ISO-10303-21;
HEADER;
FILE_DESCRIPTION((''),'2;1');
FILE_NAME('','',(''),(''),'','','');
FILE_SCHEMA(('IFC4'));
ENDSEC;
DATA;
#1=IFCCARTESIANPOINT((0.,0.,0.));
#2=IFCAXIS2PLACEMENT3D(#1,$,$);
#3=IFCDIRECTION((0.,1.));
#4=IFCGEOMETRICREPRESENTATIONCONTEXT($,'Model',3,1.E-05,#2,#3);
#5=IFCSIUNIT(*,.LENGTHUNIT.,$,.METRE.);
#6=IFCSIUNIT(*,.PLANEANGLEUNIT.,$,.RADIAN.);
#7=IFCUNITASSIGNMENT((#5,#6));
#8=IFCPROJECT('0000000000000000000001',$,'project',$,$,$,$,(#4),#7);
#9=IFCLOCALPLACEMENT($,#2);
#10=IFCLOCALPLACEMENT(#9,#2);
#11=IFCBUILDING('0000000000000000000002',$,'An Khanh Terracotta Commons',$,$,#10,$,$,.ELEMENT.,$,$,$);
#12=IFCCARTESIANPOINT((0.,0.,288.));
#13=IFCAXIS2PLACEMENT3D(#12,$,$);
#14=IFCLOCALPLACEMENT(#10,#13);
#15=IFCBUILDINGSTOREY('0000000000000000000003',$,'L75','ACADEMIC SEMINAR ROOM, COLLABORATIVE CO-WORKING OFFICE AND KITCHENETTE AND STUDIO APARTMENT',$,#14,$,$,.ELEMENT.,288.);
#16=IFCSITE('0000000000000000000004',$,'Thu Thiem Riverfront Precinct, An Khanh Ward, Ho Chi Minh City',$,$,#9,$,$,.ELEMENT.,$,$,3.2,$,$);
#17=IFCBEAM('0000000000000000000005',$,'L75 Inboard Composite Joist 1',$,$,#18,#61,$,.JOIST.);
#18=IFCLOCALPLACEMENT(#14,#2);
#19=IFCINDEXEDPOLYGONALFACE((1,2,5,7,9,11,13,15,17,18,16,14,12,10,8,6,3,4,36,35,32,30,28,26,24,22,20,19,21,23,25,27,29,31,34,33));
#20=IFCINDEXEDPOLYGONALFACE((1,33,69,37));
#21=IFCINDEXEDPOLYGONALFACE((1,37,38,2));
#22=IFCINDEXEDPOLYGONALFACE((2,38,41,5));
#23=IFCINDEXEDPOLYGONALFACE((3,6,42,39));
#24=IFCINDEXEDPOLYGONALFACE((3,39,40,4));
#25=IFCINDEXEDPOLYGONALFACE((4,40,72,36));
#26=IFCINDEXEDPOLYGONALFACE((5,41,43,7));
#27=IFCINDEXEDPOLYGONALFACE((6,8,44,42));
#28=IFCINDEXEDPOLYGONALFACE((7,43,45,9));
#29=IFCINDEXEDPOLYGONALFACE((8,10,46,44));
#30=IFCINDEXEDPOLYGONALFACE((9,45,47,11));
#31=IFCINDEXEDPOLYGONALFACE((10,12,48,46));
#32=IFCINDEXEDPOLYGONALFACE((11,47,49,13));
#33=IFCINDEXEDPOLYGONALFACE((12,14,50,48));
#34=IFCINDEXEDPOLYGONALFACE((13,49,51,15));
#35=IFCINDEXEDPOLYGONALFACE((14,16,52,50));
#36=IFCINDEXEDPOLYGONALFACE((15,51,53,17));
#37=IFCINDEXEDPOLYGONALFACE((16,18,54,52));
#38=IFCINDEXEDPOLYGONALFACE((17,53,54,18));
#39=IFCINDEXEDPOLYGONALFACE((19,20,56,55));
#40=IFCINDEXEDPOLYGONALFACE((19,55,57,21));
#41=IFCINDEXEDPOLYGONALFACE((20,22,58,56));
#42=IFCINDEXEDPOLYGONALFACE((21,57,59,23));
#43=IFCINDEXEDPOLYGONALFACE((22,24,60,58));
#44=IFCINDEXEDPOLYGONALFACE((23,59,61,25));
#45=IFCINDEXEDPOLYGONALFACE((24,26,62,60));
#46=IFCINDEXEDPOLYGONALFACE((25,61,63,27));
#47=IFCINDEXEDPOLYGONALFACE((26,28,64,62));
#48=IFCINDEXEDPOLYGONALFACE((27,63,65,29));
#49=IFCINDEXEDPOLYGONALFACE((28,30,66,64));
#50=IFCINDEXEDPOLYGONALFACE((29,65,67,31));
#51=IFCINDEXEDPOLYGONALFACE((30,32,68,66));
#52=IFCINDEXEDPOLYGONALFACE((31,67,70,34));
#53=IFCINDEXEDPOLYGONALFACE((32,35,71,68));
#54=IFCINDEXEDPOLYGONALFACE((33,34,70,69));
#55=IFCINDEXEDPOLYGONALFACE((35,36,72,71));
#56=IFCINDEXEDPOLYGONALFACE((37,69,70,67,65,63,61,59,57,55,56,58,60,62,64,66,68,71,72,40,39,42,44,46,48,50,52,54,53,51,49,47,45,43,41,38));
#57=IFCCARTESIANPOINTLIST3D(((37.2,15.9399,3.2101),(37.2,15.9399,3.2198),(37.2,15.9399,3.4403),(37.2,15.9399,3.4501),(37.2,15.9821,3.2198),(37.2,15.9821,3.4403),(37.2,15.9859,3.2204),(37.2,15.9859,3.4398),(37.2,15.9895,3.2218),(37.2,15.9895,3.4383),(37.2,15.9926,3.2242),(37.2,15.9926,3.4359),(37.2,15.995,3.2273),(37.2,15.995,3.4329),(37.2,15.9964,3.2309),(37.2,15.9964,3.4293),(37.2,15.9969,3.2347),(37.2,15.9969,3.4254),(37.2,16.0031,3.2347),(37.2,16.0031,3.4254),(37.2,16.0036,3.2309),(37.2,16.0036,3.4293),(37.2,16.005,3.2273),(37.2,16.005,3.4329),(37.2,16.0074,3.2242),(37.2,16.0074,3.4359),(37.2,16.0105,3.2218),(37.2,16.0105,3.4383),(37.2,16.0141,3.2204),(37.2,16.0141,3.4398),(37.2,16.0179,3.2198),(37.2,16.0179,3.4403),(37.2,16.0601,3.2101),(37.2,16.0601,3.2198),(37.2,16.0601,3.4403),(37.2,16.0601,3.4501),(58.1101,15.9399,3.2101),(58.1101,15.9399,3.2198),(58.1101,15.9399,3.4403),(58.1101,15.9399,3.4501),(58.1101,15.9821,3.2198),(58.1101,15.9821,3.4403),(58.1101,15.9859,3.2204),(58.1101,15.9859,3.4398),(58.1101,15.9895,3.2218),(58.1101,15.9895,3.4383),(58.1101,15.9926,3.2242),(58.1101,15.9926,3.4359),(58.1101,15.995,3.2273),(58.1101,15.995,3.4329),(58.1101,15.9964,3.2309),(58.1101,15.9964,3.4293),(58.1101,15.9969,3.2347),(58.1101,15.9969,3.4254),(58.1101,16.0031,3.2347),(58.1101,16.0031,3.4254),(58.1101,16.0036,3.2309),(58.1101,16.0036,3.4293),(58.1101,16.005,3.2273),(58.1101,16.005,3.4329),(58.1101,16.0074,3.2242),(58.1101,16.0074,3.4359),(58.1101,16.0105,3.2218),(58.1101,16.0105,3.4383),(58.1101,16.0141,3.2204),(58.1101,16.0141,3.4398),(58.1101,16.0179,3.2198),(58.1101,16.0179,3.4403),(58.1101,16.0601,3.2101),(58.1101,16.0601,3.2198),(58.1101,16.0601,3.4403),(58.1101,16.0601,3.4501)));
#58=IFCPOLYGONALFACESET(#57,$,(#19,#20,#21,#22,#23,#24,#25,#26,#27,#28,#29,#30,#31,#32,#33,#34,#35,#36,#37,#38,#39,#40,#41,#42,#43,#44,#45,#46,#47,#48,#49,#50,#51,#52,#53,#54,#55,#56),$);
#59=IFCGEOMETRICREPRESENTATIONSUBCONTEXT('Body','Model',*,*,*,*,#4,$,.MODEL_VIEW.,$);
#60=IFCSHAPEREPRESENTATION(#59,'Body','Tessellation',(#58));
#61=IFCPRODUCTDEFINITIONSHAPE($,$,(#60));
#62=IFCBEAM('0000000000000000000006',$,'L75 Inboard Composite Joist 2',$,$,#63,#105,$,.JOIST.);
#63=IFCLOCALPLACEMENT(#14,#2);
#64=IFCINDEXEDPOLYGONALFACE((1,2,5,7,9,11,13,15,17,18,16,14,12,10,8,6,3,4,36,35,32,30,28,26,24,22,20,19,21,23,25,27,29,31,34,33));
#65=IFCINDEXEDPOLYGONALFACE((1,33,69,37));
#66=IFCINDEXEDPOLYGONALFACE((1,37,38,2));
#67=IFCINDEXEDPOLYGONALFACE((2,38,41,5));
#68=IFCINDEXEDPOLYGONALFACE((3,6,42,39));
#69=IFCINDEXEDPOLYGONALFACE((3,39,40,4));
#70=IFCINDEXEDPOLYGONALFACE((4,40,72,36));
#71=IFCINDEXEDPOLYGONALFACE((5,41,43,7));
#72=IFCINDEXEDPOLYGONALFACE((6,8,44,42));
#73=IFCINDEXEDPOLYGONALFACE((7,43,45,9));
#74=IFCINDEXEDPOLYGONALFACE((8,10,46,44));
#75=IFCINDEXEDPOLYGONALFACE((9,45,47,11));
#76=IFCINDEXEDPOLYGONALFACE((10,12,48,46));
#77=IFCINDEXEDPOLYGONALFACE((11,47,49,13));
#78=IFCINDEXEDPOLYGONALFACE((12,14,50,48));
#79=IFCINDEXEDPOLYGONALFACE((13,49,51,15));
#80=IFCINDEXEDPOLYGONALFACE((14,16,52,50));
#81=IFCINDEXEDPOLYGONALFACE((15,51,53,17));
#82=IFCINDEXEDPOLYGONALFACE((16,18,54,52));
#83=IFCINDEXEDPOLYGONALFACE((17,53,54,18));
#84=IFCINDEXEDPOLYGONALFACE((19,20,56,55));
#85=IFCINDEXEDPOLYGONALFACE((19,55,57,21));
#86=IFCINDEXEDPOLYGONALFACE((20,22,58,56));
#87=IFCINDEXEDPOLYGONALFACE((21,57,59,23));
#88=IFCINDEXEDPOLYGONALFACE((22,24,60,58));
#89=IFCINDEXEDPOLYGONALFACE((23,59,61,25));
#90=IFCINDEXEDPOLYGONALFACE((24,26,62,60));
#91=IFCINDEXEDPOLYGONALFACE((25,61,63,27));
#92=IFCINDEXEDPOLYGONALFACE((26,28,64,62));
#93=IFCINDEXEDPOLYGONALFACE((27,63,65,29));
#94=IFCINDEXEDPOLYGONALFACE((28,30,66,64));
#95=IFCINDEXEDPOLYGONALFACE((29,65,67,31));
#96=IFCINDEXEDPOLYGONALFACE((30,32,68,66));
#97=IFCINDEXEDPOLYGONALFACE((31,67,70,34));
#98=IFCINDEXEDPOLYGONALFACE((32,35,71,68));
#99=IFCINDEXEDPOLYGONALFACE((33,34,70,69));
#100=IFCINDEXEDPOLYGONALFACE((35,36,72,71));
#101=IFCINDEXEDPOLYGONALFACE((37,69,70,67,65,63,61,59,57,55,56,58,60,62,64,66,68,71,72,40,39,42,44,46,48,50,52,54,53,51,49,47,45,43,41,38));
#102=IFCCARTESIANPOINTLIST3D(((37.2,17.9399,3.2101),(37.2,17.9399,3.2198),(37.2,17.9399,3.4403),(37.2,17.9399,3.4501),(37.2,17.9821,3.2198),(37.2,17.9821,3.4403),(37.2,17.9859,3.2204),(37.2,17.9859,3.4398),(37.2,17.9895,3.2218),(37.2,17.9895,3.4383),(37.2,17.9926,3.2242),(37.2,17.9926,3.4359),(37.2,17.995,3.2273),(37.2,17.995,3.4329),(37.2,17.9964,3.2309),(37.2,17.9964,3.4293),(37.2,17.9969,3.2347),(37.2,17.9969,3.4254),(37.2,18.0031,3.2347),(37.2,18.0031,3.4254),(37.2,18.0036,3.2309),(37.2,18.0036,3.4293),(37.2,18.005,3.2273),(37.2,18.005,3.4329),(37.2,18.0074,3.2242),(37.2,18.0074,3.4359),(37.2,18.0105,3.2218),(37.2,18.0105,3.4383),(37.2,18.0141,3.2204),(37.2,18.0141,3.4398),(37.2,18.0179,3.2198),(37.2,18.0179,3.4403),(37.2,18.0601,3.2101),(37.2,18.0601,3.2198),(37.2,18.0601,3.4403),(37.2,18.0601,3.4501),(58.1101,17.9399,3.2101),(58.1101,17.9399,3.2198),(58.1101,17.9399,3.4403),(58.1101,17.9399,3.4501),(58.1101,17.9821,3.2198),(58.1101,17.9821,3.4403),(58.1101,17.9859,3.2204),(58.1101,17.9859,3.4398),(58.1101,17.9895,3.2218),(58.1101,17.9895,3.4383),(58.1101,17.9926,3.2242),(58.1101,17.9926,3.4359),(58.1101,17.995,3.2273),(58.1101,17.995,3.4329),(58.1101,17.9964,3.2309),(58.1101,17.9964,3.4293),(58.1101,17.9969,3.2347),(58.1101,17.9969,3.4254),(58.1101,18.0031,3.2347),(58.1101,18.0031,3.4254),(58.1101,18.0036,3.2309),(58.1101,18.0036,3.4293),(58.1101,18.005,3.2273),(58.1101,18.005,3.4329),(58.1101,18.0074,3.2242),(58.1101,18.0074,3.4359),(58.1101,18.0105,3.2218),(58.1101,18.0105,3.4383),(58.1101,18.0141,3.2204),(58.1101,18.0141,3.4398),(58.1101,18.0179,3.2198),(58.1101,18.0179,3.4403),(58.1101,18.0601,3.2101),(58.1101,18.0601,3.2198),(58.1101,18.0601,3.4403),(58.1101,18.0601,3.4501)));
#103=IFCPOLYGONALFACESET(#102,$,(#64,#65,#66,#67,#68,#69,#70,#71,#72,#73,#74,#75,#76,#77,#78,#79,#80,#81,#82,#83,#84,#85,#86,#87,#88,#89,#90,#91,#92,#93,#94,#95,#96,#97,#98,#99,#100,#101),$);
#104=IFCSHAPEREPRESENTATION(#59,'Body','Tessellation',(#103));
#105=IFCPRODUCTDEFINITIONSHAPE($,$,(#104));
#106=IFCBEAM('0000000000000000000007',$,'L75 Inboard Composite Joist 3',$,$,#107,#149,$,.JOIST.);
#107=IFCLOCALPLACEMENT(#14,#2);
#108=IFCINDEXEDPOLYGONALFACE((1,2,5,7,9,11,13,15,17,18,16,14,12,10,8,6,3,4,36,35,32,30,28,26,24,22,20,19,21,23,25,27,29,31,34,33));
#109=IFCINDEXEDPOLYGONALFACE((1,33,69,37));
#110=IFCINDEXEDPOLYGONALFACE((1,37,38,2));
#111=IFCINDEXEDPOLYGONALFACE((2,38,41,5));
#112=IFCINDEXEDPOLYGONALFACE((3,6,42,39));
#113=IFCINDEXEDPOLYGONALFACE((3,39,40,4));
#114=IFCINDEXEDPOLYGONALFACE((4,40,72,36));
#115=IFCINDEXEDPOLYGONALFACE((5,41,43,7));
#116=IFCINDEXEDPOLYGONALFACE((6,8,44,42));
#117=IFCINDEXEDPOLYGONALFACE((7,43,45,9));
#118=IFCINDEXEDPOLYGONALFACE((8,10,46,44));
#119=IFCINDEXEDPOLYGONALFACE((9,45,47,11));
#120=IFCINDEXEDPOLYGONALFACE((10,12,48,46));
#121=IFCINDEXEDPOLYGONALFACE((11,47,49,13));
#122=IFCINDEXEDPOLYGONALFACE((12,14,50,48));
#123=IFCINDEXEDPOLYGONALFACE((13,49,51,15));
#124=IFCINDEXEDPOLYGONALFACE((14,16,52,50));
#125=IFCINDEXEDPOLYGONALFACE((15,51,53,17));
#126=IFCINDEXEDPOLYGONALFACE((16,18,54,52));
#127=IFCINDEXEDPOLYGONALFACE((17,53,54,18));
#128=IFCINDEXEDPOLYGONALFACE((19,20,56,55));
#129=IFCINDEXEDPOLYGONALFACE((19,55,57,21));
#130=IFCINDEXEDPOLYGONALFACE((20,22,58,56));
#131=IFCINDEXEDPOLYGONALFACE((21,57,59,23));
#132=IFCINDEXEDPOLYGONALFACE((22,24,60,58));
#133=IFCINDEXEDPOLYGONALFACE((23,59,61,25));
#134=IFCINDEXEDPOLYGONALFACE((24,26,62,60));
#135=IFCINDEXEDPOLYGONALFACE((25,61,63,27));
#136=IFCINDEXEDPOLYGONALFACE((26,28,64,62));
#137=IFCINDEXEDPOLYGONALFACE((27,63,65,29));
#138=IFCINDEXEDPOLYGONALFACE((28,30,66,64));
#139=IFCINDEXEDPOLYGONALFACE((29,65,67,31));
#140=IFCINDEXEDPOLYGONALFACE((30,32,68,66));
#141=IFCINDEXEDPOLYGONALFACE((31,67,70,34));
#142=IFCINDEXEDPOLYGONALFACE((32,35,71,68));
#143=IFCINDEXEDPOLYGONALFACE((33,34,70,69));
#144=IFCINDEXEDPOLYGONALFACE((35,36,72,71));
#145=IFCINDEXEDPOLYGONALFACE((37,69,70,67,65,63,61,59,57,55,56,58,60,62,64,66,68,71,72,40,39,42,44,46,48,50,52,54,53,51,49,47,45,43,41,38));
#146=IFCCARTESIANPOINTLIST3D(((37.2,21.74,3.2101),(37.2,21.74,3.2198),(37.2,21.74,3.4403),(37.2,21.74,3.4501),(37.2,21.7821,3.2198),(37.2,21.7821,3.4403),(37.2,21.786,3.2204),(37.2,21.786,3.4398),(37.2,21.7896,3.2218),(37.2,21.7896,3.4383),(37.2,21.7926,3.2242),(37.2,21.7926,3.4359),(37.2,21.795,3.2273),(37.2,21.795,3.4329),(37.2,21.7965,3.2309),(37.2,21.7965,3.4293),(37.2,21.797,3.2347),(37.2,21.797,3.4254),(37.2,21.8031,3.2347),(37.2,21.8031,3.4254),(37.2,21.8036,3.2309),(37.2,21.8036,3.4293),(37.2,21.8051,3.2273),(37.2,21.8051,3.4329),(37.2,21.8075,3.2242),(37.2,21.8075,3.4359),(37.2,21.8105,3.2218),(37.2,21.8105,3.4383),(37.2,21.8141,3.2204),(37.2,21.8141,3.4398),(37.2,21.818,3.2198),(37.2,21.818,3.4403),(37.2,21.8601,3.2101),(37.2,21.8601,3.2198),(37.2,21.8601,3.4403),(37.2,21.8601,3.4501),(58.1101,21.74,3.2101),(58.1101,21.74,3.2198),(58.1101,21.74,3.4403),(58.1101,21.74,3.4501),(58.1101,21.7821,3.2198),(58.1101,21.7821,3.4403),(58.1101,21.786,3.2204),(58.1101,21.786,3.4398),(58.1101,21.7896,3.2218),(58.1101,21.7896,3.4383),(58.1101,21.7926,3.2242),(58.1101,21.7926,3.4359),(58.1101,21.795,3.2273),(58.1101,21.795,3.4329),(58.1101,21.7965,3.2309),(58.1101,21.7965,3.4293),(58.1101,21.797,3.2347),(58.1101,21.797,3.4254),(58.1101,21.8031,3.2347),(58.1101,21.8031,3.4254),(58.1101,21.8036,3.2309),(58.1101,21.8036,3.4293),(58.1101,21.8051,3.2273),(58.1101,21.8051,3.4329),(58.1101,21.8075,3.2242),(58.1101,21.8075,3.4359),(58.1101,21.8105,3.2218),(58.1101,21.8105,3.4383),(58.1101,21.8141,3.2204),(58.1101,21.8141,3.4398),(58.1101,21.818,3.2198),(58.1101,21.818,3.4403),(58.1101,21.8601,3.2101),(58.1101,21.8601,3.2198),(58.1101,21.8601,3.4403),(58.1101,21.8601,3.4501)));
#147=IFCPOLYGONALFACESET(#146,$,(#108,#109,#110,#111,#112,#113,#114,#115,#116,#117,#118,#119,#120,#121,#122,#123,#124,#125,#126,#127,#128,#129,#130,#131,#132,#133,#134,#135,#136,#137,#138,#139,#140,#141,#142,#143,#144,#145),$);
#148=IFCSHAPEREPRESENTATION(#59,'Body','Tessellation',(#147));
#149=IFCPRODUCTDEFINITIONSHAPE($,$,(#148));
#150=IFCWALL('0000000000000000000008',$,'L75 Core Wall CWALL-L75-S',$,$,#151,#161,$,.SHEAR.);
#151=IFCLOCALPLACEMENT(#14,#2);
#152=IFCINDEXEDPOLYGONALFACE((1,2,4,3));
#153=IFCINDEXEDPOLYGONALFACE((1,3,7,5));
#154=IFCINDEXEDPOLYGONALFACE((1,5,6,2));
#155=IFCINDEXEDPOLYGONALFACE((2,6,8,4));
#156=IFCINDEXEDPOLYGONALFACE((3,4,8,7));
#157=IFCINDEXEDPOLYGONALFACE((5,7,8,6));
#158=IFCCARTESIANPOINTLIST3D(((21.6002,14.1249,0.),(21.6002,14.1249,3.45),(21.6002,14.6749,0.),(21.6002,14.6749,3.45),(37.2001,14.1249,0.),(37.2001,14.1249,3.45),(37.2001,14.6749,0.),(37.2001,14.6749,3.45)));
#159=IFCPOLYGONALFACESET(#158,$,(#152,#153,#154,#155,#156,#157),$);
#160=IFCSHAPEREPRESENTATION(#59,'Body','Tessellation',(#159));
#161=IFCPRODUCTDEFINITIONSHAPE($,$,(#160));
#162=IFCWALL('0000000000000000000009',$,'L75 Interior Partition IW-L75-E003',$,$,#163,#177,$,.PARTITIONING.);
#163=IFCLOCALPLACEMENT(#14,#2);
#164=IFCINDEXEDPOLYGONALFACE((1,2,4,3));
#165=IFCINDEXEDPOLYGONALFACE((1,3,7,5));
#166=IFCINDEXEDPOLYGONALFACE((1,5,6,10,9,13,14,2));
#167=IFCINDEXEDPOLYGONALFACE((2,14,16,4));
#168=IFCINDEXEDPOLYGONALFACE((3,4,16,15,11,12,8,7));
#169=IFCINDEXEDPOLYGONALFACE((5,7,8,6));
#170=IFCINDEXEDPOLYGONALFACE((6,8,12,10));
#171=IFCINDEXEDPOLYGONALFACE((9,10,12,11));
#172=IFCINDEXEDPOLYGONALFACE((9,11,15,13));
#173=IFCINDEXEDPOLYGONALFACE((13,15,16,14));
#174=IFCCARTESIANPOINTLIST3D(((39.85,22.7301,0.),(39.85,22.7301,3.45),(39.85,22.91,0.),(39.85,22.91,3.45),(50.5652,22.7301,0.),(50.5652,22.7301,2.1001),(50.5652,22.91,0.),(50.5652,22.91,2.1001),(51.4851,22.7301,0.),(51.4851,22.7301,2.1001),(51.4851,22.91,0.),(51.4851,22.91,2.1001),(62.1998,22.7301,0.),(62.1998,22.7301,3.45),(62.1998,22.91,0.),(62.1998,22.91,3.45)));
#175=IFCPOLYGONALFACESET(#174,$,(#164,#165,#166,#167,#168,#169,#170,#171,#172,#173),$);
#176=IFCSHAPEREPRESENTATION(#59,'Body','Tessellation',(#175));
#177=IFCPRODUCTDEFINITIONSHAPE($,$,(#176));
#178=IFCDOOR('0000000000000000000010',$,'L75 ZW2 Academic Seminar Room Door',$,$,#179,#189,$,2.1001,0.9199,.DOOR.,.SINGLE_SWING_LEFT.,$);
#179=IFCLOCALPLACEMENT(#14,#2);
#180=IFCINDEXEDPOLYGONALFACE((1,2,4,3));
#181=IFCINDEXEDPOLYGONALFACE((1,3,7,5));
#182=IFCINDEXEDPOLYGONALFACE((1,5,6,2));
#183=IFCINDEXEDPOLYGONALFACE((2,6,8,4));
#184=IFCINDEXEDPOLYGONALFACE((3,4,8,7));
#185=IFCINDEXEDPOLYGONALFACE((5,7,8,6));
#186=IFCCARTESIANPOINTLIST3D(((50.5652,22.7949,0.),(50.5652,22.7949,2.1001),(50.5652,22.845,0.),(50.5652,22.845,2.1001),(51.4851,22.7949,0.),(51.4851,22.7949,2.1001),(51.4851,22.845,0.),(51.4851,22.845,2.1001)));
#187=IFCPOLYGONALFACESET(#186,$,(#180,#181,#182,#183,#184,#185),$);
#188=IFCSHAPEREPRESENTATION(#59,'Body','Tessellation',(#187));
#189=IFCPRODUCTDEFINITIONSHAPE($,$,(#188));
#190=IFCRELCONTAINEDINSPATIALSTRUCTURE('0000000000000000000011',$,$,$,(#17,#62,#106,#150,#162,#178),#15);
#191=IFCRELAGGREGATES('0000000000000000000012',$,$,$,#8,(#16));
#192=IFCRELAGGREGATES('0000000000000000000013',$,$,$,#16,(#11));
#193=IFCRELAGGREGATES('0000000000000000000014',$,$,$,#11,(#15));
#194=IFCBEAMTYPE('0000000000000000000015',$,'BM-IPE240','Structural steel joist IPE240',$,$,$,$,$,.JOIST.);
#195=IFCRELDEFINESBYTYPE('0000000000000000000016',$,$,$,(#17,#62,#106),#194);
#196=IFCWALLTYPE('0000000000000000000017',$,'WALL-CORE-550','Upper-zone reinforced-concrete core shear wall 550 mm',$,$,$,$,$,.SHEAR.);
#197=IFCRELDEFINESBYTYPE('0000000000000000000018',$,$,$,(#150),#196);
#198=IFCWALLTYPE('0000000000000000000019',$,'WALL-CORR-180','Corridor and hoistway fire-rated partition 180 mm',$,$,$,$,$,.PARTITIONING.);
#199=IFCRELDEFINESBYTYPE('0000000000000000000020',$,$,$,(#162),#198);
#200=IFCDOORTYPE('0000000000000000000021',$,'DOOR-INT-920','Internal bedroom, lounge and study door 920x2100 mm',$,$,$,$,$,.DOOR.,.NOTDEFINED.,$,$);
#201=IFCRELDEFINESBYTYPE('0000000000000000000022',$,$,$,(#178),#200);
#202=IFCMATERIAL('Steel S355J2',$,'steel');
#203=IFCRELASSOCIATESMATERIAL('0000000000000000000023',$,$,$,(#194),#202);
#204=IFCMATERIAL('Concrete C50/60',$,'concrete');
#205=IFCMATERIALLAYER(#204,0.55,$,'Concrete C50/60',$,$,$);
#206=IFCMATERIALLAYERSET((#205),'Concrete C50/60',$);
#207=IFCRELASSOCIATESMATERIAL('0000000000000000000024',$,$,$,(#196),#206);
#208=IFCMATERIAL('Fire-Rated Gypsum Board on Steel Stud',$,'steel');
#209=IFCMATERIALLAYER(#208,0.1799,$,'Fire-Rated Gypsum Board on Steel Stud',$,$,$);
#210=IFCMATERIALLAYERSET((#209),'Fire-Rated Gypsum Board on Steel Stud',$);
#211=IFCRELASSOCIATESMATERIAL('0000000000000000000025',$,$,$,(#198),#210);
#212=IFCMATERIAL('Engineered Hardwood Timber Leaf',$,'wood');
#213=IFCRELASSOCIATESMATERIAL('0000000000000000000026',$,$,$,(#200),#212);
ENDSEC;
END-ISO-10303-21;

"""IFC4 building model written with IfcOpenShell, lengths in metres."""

from ifc_helpers import new_model, si_unit, direction, frame, frame_2d, origin, origin_2d, place, context, subcontext, project, spatial, rectangle, i_section, extrude, material, layer, layer_set, material_profile, profile_set, type_object, element, fill, save


model = new_model("IFC4")

# Units and contexts
model_context = context("Model", 3, precision=1e-05, world=origin(), true_north=direction((0.0, 1.0)))
body_context = subcontext(model_context, "Body", "Model", "MODEL_VIEW")
ifc_project = project(units=[si_unit("LENGTHUNIT", "METRE"), si_unit("PLANEANGLEUNIT", "RADIAN")], contexts=[model_context])

# Site, building, storey
site_placement = place(None, origin())
site = spatial("IfcSite", under=ifc_project, at=site_placement, Name="Thu Thiem Riverfront Precinct, An Khanh Ward, Ho Chi Minh City", CompositionType="ELEMENT", RefElevation=3.2)
building_placement = place(site_placement, origin())
building = spatial("IfcBuilding", under=site, at=building_placement, Name="An Khanh Terracotta Commons", CompositionType="ELEMENT")
storey_placement = place(building_placement, frame((0.0, 0.0, 288.0)))
storey = spatial("IfcBuildingStorey", under=building, at=storey_placement, Name="L75", Description="ACADEMIC SEMINAR ROOM, COLLABORATIVE CO-WORKING OFFICE AND KITCHENETTE AND STUDIO APARTMENT", CompositionType="ELEMENT", Elevation=288.0)

# Shared definitions
ifc_material_1 = material(Name="Concrete C50/60", Category="concrete")

# Beams
ifc_material_2 = material(Name="Steel S355J2", Category="steel")
ifc_material_profile_1 = material_profile(ifc_material_2, i_section(OverallWidth=0.1201, OverallDepth=0.24, WebThickness=0.0061, FlangeThickness=0.0098, FilletRadius=0.0149, at=origin_2d()), Name="IPE240")
ifc_profile_set_1 = profile_set([ifc_material_profile_1], Name="Steel S355J2")
beam_type_1 = type_object("IfcBeamType", Name="BM-IPE240", Description="Structural steel joist IPE240", PredefinedType="JOIST", material=ifc_profile_set_1)
for number, where, z_axis, x_axis, name in (
    (1, (37.2, 16.0, 3.3301), (1.0, 0.0, 0.0), (0.0, 1.0, 0.0), "L75 Inboard Composite Joist 1"),
    (2, (37.2, 18.0, 3.3301), (1.0, 0.0, 0.0), (0.0, 1.0, 0.0), "L75 Inboard Composite Joist 2"),
    (3, (37.2, 21.8, 3.3301), (1.0, 0.0, 0.0), (0.0, 1.0, 0.0), "L75 Inboard Composite Joist 3"),
):
    element("IfcBeam", number, at=place(storey_placement, frame(where, z_axis=z_axis, x_axis=x_axis)), inside=storey, type_object=beam_type_1, Name=name, PredefinedType="JOIST", context=body_context, shape_type="SweptSolid", body=[
        extrude(i_section(OverallWidth=0.1201, OverallDepth=0.24, WebThickness=0.0061, FlangeThickness=0.0098, FilletRadius=0.0149, at=origin_2d()), origin(), (0.0, 0.0, 1.0), 20.9102),
    ])

# Wall
ifc_layer_1 = layer(ifc_material_1, 0.55, Name="Concrete C50/60")
ifc_layer_set_1 = layer_set([ifc_layer_1], Name="Concrete C50/60")
wall_type_1 = type_object("IfcWallType", Name="WALL-CORE-550", Description="Upper-zone reinforced-concrete core shear wall 550 mm", PredefinedType="SHEAR", material=ifc_layer_set_1)
wall_1_placement = place(storey_placement, frame((37.2, 14.3999, 0.0), z_axis=(0.0, 0.0, 1.0), x_axis=(-1.0, 0.0, 0.0)))
element("IfcWall", 4, at=wall_1_placement, inside=storey, type_object=wall_type_1, Name="L75 Core Wall CWALL-L75-S", PredefinedType="SHEAR", context=body_context, shape_type="SweptSolid", body=[
    extrude(rectangle(XDim=15.5999, YDim=0.55, at=frame_2d((7.7998, 0.0))), origin(), (0.0, 0.0, 1.0), 3.45),
])

# Wall, opening, door
ifc_material_3 = material(Name="Fire-Rated Gypsum Board on Steel Stud", Category="steel")
ifc_layer_2 = layer(ifc_material_3, 0.1799, Name="Fire-Rated Gypsum Board on Steel Stud")
ifc_layer_set_2 = layer_set([ifc_layer_2], Name="Fire-Rated Gypsum Board on Steel Stud")
wall_type_2 = type_object("IfcWallType", Name="WALL-CORR-180", Description="Corridor and hoistway fire-rated partition 180 mm", PredefinedType="PARTITIONING", material=ifc_layer_set_2)
wall_2_placement = place(storey_placement, frame((39.8501, 22.8201, 0.0), z_axis=(0.0, 0.0, 1.0), x_axis=(1.0, 0.0, 0.0)))
wall_2 = element("IfcWall", 5, at=wall_2_placement, inside=storey, type_object=wall_type_2, Name="L75 Interior Partition IW-L75-E003", PredefinedType="PARTITIONING", context=body_context, shape_type="SweptSolid", body=[
    extrude(rectangle(XDim=22.3499, YDim=0.1799, at=frame_2d((11.1748, 0.0))), origin(), (0.0, 0.0, 1.0), 3.45),
])
opening_1_placement = place(wall_2_placement, frame((10.7151, 0.0, 0.0)))
opening_1 = element("IfcOpeningElement", 6, at=opening_1_placement, cuts=wall_2, PredefinedType="OPENING", context=body_context, shape_type="SweptSolid", body=[
    extrude(rectangle(XDim=0.9199, YDim=2.1001, at=frame_2d((0.46, 1.05))), frame((0.0, 0.0999, 0.0), z_axis=(0.0, -1.0, 0.0), x_axis=(1.0, 0.0, 0.0)), (0.0, 0.0, 1.0), 0.2),
])
ifc_material_4 = material(Name="Engineered Hardwood Timber Leaf", Category="wood")
door_type_1 = type_object("IfcDoorType", Name="DOOR-INT-920", Description="Internal bedroom, lounge and study door 920x2100 mm", OperationType="NOTDEFINED", PredefinedType="DOOR", material=ifc_material_4)
door_1_placement = place(opening_1_placement, origin())
door_1 = element("IfcDoor", 7, at=door_1_placement, inside=storey, type_object=door_type_1, Name="L75 ZW2 Academic Seminar Room Door", OperationType="SINGLE_SWING_LEFT", OverallHeight=2.1001, OverallWidth=0.9199, PredefinedType="DOOR", context=body_context, shape_type="SweptSolid", body=[
    extrude(rectangle(XDim=0.9199, YDim=2.1001, at=frame_2d((0.46, 1.05))), frame((0.0, 0.0249, 0.0), z_axis=(0.0, -1.0, 0.0), x_axis=(1.0, 0.0, 0.0)), (0.0, 0.0, 1.0), 0.05),
])
fill(opening_1, door_1)

save(model, "model.ifc")
